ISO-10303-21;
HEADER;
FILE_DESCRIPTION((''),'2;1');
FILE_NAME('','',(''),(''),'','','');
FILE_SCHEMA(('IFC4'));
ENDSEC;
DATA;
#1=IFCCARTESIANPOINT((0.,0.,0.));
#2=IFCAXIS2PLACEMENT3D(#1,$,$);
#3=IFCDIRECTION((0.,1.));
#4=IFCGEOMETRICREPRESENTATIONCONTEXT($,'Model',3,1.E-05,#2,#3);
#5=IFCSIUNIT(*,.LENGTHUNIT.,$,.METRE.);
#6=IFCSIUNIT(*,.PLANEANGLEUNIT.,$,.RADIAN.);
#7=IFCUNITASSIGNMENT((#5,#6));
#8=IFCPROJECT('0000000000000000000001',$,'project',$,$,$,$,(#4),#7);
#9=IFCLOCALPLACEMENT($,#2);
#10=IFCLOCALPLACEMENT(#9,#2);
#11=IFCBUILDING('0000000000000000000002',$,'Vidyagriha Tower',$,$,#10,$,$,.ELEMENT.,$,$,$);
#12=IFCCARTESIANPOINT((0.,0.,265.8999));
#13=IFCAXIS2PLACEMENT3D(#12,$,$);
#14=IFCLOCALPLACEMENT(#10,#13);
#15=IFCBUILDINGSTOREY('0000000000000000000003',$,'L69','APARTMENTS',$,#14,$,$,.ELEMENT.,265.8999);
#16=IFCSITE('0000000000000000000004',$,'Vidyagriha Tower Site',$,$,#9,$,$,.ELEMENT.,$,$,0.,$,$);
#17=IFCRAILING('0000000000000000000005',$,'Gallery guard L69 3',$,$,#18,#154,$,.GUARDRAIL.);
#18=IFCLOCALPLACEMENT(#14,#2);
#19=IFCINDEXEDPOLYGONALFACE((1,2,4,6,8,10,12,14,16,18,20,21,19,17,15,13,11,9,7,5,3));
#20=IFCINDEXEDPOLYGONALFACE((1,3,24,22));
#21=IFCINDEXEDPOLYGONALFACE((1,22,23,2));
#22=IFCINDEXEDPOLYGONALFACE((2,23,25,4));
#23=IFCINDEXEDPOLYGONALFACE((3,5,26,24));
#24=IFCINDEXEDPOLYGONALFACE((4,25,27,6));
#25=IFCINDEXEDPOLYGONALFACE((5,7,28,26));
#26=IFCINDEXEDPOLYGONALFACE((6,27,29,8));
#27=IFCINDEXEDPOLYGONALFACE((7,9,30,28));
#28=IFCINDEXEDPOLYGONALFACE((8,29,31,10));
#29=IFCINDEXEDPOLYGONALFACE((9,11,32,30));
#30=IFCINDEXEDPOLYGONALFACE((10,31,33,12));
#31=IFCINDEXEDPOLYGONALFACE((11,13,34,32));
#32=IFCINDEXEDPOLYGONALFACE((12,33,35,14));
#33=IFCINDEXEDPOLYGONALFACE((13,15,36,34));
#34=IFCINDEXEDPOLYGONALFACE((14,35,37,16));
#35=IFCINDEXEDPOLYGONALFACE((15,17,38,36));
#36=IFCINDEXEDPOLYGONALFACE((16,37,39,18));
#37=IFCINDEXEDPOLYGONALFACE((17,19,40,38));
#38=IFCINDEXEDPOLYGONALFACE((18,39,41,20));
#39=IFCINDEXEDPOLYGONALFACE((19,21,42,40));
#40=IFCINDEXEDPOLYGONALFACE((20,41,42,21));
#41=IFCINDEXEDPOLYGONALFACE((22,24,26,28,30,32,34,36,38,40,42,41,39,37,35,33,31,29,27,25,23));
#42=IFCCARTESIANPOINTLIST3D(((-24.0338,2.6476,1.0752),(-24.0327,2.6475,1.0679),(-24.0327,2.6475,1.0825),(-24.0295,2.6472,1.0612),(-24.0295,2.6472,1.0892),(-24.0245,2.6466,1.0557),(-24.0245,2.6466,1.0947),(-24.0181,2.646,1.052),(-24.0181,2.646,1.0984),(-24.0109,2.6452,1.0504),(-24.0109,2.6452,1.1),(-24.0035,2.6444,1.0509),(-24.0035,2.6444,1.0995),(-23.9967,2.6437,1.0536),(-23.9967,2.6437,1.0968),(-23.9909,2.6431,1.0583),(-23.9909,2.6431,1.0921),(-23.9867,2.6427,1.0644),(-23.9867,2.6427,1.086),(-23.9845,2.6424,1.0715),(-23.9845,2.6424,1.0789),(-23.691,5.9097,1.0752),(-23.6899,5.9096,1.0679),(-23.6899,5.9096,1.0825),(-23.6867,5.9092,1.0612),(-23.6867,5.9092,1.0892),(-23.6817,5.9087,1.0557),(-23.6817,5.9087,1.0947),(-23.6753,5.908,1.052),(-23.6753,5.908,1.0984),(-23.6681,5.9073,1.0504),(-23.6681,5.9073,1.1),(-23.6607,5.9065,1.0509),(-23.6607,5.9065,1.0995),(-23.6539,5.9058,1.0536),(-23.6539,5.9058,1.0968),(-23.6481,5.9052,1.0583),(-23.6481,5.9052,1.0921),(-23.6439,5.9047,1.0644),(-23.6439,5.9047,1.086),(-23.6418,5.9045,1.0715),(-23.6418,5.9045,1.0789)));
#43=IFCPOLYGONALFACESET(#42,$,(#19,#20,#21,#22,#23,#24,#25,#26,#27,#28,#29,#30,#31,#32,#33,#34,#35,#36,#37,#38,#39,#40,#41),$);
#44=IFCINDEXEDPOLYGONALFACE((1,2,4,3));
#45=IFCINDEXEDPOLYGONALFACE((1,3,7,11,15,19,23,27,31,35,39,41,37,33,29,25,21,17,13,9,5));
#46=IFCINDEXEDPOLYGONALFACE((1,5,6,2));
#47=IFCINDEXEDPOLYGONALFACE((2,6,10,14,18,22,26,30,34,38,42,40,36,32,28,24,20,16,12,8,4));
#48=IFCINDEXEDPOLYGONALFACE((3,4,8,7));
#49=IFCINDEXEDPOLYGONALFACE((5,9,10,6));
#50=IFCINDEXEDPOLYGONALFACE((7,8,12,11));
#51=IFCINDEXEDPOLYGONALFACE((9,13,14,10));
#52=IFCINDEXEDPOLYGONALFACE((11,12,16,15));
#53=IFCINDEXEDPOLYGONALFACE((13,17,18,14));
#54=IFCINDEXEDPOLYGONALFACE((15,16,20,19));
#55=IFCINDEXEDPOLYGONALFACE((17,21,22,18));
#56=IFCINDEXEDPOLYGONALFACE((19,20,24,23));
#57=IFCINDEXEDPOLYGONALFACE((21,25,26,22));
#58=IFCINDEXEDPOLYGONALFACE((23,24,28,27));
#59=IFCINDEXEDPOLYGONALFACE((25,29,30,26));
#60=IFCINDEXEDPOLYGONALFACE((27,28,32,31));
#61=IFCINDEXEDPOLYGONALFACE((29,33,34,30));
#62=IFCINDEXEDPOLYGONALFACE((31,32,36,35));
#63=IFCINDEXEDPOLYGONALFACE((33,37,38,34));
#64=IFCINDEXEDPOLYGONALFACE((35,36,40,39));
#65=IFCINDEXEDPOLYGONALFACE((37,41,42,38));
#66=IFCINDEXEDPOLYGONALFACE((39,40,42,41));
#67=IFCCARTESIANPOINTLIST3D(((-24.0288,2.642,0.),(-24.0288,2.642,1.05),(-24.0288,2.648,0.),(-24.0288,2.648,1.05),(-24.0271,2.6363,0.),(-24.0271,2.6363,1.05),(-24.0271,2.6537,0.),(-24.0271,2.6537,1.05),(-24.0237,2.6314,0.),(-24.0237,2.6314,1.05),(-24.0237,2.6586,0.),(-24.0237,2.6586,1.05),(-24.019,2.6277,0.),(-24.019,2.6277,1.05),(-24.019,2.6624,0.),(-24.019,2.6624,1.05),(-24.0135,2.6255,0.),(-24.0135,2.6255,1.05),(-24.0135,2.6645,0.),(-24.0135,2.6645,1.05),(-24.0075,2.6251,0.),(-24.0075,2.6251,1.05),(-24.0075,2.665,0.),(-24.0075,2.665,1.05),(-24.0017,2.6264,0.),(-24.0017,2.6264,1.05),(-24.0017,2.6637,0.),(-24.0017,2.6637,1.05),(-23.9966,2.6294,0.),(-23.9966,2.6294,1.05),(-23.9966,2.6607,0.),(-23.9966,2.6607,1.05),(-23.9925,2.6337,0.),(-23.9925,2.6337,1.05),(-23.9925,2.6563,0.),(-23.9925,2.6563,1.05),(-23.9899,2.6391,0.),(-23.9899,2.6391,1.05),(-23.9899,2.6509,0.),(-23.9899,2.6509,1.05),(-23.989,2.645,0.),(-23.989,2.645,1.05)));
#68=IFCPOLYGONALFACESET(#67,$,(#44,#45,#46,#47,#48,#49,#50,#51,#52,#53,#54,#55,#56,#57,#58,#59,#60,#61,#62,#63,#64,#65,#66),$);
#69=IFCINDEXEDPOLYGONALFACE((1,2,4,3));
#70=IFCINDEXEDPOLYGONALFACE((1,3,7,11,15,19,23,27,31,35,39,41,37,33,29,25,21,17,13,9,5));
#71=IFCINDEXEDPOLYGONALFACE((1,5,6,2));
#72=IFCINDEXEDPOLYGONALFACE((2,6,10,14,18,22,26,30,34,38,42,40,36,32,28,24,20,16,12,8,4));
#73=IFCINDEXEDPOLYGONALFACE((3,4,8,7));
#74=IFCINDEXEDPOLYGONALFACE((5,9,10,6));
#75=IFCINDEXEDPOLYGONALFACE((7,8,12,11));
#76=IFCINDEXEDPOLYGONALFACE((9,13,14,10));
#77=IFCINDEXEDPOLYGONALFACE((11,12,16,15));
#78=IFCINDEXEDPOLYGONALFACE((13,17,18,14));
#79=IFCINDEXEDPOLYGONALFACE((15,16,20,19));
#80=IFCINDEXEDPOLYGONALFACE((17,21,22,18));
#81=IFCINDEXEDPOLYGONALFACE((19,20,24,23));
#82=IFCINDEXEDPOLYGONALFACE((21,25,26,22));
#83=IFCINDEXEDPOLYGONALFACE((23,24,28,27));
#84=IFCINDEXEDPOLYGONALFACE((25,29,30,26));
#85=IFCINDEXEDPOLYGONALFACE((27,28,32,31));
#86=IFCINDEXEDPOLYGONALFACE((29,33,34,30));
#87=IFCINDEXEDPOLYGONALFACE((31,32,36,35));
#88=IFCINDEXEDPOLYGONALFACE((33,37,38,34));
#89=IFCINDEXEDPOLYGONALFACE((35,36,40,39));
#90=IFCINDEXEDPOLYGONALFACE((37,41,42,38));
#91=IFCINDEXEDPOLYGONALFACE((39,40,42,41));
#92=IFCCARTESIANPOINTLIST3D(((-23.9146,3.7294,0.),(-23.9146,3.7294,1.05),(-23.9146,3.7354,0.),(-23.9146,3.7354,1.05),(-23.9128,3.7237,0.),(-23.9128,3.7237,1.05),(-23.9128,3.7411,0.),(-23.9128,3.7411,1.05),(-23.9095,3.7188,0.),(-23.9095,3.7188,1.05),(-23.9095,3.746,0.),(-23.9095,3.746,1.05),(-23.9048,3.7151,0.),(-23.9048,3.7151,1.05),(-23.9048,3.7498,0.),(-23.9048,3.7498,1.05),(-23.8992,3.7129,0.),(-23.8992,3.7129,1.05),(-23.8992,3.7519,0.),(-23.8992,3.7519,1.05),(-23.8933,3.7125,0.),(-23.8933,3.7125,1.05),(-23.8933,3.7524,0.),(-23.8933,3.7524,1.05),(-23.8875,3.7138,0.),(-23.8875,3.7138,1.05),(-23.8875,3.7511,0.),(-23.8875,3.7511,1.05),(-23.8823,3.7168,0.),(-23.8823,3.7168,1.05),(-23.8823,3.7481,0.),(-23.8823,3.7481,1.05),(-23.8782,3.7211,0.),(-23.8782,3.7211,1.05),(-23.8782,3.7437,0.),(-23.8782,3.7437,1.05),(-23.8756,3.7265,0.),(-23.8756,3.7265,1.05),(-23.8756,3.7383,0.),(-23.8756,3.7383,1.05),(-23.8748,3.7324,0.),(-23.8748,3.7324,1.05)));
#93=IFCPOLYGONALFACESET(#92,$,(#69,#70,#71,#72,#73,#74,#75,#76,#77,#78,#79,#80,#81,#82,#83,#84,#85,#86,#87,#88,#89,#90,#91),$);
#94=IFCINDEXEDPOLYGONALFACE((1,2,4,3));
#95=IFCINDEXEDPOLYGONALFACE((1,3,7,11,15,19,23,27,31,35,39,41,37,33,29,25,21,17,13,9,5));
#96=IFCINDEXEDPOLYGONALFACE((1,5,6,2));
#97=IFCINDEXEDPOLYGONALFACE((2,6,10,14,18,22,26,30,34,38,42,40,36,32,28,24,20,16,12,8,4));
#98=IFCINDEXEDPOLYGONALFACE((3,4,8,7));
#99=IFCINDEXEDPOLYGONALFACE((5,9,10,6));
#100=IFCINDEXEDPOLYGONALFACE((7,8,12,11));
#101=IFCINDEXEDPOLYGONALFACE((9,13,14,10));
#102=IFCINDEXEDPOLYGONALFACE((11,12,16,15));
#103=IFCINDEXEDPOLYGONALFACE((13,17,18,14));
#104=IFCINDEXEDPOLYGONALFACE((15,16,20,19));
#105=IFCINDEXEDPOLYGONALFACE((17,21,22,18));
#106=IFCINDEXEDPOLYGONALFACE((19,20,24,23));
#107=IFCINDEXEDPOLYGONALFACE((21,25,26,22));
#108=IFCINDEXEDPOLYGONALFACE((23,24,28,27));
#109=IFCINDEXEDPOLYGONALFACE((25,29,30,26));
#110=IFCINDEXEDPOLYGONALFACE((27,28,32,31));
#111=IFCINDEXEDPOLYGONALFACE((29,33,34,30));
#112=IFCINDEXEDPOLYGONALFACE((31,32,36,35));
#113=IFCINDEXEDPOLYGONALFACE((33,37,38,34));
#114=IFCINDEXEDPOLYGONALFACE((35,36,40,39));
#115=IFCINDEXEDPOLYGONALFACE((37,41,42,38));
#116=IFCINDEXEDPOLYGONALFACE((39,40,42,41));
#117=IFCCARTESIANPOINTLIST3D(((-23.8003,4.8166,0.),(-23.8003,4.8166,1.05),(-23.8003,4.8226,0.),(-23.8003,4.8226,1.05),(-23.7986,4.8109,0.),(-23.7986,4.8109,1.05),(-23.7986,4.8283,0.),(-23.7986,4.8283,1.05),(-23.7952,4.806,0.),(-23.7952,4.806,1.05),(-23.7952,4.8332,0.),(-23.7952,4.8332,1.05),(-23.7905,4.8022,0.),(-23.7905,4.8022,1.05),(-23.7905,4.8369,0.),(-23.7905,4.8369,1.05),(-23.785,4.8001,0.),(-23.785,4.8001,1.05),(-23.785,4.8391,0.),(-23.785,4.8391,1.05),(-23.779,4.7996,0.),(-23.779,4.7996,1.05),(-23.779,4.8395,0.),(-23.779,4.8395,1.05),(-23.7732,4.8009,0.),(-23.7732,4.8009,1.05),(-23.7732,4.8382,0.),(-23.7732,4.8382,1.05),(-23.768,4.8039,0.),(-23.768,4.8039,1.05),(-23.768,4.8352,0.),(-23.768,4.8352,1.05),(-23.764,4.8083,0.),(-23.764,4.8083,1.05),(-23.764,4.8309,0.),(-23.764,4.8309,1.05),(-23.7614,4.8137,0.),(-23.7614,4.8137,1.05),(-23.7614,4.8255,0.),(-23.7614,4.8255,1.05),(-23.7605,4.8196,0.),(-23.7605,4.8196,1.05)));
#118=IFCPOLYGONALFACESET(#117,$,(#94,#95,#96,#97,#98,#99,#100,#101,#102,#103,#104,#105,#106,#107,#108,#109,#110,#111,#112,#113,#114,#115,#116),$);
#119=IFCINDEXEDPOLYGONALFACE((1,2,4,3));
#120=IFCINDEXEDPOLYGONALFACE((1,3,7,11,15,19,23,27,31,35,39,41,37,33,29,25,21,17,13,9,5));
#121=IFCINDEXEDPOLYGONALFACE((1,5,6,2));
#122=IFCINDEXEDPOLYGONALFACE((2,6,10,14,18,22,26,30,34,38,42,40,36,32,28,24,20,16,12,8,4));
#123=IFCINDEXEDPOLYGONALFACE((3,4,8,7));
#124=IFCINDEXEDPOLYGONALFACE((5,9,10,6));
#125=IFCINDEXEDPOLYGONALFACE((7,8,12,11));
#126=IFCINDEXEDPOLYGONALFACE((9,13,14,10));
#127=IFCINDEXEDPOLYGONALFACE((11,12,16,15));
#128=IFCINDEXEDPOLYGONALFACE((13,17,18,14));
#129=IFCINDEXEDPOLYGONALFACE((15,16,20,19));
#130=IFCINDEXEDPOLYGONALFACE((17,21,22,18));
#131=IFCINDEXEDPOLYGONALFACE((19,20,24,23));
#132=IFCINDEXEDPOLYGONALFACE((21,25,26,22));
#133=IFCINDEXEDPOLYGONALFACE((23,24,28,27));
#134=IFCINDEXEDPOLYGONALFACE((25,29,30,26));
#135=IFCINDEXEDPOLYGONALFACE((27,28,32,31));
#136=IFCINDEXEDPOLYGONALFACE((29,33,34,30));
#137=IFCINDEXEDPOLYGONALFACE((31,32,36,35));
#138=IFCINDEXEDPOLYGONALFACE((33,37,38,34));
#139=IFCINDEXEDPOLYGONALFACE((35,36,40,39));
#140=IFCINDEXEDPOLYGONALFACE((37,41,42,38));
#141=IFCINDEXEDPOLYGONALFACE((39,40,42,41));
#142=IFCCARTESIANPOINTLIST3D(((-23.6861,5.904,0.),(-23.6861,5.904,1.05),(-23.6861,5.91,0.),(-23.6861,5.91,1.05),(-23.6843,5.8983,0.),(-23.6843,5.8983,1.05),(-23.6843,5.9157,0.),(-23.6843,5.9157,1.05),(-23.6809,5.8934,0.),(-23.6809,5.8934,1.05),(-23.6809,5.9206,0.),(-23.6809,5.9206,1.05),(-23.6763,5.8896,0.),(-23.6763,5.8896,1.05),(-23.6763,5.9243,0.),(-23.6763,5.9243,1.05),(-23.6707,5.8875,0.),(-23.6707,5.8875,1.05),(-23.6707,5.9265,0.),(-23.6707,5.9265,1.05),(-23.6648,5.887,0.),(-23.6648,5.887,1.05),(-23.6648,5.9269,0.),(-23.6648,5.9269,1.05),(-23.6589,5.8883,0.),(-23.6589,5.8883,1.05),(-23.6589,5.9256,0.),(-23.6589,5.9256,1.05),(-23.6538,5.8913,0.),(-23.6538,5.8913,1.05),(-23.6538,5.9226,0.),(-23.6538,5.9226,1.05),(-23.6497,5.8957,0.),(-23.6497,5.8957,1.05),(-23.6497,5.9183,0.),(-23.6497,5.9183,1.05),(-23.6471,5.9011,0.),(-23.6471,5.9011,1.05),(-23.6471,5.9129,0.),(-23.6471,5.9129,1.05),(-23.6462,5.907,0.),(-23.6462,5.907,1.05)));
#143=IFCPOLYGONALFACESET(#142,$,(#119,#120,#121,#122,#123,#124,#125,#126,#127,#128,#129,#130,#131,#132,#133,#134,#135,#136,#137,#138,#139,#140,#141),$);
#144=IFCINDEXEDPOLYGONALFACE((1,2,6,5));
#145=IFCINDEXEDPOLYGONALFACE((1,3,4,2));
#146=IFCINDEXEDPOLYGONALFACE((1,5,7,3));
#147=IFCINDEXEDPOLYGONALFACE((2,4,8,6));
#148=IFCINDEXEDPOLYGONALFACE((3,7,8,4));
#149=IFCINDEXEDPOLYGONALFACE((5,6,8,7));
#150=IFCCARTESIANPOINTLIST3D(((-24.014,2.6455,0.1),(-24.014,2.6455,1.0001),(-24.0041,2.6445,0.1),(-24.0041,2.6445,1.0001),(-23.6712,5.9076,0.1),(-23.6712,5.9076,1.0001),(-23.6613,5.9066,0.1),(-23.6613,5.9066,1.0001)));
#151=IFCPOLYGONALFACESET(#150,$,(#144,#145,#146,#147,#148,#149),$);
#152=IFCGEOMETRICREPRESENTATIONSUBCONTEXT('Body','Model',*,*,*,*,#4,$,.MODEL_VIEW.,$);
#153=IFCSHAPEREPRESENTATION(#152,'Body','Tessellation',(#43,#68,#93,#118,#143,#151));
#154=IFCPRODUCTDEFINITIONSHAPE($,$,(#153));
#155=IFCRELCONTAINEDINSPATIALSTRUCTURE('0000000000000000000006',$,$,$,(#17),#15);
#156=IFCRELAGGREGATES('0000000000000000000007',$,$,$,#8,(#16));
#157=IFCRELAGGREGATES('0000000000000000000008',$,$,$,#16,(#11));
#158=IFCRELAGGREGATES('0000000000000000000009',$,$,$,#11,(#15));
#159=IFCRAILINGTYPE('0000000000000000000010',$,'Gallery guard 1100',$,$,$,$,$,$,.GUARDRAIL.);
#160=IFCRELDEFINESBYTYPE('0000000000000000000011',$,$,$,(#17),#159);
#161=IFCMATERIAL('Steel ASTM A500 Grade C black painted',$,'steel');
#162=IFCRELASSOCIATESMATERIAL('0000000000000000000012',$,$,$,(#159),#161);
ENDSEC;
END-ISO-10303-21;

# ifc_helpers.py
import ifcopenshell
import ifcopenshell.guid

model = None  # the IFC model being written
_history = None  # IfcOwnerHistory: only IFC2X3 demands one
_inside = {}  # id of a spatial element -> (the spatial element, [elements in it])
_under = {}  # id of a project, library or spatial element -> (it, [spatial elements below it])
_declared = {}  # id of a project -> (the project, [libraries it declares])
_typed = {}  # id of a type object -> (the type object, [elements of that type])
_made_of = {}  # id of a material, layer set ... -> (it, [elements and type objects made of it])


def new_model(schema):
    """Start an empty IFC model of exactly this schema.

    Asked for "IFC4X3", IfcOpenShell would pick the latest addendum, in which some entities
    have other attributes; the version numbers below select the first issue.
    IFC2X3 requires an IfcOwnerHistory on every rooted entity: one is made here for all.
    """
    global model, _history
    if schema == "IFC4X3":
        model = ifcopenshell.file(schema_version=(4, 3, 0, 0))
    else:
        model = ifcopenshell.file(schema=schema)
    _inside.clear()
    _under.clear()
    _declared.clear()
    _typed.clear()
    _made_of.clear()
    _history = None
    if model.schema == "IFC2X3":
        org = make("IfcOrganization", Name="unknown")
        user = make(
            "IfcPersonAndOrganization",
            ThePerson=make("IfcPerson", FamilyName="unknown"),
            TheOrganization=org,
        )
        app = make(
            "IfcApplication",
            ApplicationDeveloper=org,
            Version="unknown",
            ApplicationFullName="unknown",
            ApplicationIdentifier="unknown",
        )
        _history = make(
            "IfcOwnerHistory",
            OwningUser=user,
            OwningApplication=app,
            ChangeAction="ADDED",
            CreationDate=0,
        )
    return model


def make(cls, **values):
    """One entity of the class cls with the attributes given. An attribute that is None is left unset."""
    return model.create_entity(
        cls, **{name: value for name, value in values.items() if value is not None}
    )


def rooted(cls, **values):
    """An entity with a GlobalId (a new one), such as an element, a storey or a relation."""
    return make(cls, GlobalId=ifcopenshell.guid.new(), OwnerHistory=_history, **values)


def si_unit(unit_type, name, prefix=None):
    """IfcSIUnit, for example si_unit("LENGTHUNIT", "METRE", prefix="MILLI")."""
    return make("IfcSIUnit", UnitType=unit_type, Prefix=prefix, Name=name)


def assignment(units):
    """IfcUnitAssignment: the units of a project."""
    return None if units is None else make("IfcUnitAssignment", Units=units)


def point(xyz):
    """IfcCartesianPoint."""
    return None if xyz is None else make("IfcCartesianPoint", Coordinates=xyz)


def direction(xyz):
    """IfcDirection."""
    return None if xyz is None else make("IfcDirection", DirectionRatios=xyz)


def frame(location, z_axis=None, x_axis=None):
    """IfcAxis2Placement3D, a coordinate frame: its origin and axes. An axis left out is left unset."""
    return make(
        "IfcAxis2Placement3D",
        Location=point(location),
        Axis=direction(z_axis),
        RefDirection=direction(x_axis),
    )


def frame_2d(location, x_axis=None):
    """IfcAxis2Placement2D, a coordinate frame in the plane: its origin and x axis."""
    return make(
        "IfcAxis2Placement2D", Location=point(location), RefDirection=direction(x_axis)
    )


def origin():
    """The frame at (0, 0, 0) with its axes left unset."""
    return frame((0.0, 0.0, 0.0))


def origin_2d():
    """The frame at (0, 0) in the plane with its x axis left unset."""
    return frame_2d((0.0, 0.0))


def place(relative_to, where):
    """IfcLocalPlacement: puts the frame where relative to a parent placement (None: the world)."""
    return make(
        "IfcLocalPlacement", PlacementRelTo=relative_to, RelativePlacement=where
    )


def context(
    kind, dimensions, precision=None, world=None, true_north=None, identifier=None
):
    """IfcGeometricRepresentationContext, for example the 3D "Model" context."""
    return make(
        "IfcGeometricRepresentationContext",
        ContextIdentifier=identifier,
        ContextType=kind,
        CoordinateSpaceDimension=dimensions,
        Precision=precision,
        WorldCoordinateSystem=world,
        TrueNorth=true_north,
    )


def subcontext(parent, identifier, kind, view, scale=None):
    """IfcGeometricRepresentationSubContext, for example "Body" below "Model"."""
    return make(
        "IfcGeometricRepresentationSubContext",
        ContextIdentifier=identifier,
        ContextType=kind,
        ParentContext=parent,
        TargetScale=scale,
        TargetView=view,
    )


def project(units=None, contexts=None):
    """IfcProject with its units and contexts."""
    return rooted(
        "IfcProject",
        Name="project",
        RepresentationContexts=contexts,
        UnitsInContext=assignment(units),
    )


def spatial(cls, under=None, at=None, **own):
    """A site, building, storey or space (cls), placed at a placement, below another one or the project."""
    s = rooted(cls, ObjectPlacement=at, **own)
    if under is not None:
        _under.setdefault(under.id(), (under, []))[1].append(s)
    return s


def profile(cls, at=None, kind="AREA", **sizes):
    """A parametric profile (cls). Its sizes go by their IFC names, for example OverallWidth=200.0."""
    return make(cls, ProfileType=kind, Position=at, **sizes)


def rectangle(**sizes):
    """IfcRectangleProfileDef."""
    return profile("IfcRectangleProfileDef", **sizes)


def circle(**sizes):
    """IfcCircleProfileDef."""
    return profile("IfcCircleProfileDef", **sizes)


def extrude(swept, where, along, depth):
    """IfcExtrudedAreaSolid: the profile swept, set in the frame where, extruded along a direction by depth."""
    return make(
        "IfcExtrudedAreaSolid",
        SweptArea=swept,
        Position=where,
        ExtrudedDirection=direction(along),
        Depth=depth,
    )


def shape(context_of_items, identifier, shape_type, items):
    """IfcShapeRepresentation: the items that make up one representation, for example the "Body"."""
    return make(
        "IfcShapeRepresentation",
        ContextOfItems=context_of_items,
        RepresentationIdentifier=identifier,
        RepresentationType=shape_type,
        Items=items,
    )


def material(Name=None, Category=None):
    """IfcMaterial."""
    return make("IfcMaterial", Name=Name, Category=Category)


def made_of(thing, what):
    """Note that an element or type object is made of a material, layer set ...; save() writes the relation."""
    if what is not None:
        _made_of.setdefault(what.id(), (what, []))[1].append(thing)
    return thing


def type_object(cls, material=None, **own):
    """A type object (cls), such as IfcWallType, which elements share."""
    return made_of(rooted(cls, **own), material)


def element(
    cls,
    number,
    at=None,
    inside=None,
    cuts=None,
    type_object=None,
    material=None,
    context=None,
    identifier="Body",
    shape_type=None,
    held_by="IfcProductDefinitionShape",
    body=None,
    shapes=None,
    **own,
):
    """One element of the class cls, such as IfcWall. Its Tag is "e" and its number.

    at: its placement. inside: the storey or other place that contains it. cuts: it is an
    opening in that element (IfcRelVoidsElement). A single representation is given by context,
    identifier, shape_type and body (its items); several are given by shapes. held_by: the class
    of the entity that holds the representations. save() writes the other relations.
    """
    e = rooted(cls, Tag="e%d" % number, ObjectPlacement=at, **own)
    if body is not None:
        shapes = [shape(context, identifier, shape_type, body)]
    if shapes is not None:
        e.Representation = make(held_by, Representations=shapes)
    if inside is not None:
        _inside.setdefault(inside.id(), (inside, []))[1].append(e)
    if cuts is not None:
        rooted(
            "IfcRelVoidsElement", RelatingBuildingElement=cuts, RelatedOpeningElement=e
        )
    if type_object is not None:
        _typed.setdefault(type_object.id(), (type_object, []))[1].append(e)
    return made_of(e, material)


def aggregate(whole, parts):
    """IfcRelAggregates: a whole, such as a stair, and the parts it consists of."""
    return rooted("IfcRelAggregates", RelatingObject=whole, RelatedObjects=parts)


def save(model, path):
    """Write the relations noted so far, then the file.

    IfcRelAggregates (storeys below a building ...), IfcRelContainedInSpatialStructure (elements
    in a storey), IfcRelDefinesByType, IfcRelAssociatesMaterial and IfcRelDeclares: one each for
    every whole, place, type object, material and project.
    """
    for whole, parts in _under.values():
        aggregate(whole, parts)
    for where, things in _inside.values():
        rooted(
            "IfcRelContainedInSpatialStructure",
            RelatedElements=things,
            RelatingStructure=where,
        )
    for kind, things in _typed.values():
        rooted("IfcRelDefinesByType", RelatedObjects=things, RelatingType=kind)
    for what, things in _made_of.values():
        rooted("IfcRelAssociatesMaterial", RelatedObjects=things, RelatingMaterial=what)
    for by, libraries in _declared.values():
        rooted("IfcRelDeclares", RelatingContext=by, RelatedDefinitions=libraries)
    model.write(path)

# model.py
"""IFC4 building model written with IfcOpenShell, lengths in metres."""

from ifc_helpers import new_model, si_unit, direction, frame, origin, origin_2d, place, context, subcontext, project, spatial, rectangle, circle, extrude, material, type_object, element, save


model = new_model("IFC4")

# Units and contexts
model_context = context("Model", 3, precision=1e-05, world=origin(), true_north=direction((0.0, 1.0)))
body_context = subcontext(model_context, "Body", "Model", "MODEL_VIEW")
ifc_project = project(units=[si_unit("LENGTHUNIT", "METRE"), si_unit("PLANEANGLEUNIT", "RADIAN")], contexts=[model_context])

# Site, building, storey
site_placement = place(None, origin())
site = spatial("IfcSite", under=ifc_project, at=site_placement, Name="Vidyagriha Tower Site", CompositionType="ELEMENT", RefElevation=0.0)
building_placement = place(site_placement, origin())
building = spatial("IfcBuilding", under=site, at=building_placement, Name="Vidyagriha Tower", CompositionType="ELEMENT")
storey_placement = place(building_placement, frame((0.0, 0.0, 265.8999)))
storey = spatial("IfcBuildingStorey", under=building, at=storey_placement, Name="L69", Description="APARTMENTS", CompositionType="ELEMENT", Elevation=265.8999)

# Railing
ifc_material_1 = material(Name="Steel ASTM A500 Grade C black painted", Category="steel")
railing_type_1 = type_object("IfcRailingType", Name="Gallery guard 1100", PredefinedType="GUARDRAIL", material=ifc_material_1)
railing_1_placement = place(storey_placement, frame((-24.009, 2.645, 0.0)))
element("IfcRailing", 1, at=railing_1_placement, inside=storey, type_object=railing_type_1, Name="Gallery guard L69 3", PredefinedType="GUARDRAIL", context=body_context, shape_type="SweptSolid", body=[
    extrude(circle(Radius=0.0249, at=origin_2d()), frame((0.0, 0.0, 1.0752), z_axis=(0.104507, 0.994524, 0.0), x_axis=(-0.994524, 0.104507, 0.0)), (0.0, 0.0, 1.0), 3.28),
    extrude(circle(Radius=0.02, at=origin_2d()), origin(), (0.0, 0.0, 1.0), 1.05),
    extrude(circle(Radius=0.02, at=origin_2d()), frame((0.1143, 1.0874, 0.0)), (0.0, 0.0, 1.0), 1.05),
    extrude(circle(Radius=0.02, at=origin_2d()), frame((0.2285, 2.1746, 0.0)), (0.0, 0.0, 1.0), 1.05),
    extrude(circle(Radius=0.02, at=origin_2d()), frame((0.3428, 3.262, 0.0)), (0.0, 0.0, 1.0), 1.05),
    extrude(rectangle(XDim=0.01, YDim=0.9001, at=origin_2d()), frame((0.0, 0.0, 0.55), z_axis=(0.104507, 0.994524, 0.0), x_axis=(-0.994524, 0.104507, 0.0)), (0.0, 0.0, 1.0), 3.28),
])

save(model, "model.ifc")
